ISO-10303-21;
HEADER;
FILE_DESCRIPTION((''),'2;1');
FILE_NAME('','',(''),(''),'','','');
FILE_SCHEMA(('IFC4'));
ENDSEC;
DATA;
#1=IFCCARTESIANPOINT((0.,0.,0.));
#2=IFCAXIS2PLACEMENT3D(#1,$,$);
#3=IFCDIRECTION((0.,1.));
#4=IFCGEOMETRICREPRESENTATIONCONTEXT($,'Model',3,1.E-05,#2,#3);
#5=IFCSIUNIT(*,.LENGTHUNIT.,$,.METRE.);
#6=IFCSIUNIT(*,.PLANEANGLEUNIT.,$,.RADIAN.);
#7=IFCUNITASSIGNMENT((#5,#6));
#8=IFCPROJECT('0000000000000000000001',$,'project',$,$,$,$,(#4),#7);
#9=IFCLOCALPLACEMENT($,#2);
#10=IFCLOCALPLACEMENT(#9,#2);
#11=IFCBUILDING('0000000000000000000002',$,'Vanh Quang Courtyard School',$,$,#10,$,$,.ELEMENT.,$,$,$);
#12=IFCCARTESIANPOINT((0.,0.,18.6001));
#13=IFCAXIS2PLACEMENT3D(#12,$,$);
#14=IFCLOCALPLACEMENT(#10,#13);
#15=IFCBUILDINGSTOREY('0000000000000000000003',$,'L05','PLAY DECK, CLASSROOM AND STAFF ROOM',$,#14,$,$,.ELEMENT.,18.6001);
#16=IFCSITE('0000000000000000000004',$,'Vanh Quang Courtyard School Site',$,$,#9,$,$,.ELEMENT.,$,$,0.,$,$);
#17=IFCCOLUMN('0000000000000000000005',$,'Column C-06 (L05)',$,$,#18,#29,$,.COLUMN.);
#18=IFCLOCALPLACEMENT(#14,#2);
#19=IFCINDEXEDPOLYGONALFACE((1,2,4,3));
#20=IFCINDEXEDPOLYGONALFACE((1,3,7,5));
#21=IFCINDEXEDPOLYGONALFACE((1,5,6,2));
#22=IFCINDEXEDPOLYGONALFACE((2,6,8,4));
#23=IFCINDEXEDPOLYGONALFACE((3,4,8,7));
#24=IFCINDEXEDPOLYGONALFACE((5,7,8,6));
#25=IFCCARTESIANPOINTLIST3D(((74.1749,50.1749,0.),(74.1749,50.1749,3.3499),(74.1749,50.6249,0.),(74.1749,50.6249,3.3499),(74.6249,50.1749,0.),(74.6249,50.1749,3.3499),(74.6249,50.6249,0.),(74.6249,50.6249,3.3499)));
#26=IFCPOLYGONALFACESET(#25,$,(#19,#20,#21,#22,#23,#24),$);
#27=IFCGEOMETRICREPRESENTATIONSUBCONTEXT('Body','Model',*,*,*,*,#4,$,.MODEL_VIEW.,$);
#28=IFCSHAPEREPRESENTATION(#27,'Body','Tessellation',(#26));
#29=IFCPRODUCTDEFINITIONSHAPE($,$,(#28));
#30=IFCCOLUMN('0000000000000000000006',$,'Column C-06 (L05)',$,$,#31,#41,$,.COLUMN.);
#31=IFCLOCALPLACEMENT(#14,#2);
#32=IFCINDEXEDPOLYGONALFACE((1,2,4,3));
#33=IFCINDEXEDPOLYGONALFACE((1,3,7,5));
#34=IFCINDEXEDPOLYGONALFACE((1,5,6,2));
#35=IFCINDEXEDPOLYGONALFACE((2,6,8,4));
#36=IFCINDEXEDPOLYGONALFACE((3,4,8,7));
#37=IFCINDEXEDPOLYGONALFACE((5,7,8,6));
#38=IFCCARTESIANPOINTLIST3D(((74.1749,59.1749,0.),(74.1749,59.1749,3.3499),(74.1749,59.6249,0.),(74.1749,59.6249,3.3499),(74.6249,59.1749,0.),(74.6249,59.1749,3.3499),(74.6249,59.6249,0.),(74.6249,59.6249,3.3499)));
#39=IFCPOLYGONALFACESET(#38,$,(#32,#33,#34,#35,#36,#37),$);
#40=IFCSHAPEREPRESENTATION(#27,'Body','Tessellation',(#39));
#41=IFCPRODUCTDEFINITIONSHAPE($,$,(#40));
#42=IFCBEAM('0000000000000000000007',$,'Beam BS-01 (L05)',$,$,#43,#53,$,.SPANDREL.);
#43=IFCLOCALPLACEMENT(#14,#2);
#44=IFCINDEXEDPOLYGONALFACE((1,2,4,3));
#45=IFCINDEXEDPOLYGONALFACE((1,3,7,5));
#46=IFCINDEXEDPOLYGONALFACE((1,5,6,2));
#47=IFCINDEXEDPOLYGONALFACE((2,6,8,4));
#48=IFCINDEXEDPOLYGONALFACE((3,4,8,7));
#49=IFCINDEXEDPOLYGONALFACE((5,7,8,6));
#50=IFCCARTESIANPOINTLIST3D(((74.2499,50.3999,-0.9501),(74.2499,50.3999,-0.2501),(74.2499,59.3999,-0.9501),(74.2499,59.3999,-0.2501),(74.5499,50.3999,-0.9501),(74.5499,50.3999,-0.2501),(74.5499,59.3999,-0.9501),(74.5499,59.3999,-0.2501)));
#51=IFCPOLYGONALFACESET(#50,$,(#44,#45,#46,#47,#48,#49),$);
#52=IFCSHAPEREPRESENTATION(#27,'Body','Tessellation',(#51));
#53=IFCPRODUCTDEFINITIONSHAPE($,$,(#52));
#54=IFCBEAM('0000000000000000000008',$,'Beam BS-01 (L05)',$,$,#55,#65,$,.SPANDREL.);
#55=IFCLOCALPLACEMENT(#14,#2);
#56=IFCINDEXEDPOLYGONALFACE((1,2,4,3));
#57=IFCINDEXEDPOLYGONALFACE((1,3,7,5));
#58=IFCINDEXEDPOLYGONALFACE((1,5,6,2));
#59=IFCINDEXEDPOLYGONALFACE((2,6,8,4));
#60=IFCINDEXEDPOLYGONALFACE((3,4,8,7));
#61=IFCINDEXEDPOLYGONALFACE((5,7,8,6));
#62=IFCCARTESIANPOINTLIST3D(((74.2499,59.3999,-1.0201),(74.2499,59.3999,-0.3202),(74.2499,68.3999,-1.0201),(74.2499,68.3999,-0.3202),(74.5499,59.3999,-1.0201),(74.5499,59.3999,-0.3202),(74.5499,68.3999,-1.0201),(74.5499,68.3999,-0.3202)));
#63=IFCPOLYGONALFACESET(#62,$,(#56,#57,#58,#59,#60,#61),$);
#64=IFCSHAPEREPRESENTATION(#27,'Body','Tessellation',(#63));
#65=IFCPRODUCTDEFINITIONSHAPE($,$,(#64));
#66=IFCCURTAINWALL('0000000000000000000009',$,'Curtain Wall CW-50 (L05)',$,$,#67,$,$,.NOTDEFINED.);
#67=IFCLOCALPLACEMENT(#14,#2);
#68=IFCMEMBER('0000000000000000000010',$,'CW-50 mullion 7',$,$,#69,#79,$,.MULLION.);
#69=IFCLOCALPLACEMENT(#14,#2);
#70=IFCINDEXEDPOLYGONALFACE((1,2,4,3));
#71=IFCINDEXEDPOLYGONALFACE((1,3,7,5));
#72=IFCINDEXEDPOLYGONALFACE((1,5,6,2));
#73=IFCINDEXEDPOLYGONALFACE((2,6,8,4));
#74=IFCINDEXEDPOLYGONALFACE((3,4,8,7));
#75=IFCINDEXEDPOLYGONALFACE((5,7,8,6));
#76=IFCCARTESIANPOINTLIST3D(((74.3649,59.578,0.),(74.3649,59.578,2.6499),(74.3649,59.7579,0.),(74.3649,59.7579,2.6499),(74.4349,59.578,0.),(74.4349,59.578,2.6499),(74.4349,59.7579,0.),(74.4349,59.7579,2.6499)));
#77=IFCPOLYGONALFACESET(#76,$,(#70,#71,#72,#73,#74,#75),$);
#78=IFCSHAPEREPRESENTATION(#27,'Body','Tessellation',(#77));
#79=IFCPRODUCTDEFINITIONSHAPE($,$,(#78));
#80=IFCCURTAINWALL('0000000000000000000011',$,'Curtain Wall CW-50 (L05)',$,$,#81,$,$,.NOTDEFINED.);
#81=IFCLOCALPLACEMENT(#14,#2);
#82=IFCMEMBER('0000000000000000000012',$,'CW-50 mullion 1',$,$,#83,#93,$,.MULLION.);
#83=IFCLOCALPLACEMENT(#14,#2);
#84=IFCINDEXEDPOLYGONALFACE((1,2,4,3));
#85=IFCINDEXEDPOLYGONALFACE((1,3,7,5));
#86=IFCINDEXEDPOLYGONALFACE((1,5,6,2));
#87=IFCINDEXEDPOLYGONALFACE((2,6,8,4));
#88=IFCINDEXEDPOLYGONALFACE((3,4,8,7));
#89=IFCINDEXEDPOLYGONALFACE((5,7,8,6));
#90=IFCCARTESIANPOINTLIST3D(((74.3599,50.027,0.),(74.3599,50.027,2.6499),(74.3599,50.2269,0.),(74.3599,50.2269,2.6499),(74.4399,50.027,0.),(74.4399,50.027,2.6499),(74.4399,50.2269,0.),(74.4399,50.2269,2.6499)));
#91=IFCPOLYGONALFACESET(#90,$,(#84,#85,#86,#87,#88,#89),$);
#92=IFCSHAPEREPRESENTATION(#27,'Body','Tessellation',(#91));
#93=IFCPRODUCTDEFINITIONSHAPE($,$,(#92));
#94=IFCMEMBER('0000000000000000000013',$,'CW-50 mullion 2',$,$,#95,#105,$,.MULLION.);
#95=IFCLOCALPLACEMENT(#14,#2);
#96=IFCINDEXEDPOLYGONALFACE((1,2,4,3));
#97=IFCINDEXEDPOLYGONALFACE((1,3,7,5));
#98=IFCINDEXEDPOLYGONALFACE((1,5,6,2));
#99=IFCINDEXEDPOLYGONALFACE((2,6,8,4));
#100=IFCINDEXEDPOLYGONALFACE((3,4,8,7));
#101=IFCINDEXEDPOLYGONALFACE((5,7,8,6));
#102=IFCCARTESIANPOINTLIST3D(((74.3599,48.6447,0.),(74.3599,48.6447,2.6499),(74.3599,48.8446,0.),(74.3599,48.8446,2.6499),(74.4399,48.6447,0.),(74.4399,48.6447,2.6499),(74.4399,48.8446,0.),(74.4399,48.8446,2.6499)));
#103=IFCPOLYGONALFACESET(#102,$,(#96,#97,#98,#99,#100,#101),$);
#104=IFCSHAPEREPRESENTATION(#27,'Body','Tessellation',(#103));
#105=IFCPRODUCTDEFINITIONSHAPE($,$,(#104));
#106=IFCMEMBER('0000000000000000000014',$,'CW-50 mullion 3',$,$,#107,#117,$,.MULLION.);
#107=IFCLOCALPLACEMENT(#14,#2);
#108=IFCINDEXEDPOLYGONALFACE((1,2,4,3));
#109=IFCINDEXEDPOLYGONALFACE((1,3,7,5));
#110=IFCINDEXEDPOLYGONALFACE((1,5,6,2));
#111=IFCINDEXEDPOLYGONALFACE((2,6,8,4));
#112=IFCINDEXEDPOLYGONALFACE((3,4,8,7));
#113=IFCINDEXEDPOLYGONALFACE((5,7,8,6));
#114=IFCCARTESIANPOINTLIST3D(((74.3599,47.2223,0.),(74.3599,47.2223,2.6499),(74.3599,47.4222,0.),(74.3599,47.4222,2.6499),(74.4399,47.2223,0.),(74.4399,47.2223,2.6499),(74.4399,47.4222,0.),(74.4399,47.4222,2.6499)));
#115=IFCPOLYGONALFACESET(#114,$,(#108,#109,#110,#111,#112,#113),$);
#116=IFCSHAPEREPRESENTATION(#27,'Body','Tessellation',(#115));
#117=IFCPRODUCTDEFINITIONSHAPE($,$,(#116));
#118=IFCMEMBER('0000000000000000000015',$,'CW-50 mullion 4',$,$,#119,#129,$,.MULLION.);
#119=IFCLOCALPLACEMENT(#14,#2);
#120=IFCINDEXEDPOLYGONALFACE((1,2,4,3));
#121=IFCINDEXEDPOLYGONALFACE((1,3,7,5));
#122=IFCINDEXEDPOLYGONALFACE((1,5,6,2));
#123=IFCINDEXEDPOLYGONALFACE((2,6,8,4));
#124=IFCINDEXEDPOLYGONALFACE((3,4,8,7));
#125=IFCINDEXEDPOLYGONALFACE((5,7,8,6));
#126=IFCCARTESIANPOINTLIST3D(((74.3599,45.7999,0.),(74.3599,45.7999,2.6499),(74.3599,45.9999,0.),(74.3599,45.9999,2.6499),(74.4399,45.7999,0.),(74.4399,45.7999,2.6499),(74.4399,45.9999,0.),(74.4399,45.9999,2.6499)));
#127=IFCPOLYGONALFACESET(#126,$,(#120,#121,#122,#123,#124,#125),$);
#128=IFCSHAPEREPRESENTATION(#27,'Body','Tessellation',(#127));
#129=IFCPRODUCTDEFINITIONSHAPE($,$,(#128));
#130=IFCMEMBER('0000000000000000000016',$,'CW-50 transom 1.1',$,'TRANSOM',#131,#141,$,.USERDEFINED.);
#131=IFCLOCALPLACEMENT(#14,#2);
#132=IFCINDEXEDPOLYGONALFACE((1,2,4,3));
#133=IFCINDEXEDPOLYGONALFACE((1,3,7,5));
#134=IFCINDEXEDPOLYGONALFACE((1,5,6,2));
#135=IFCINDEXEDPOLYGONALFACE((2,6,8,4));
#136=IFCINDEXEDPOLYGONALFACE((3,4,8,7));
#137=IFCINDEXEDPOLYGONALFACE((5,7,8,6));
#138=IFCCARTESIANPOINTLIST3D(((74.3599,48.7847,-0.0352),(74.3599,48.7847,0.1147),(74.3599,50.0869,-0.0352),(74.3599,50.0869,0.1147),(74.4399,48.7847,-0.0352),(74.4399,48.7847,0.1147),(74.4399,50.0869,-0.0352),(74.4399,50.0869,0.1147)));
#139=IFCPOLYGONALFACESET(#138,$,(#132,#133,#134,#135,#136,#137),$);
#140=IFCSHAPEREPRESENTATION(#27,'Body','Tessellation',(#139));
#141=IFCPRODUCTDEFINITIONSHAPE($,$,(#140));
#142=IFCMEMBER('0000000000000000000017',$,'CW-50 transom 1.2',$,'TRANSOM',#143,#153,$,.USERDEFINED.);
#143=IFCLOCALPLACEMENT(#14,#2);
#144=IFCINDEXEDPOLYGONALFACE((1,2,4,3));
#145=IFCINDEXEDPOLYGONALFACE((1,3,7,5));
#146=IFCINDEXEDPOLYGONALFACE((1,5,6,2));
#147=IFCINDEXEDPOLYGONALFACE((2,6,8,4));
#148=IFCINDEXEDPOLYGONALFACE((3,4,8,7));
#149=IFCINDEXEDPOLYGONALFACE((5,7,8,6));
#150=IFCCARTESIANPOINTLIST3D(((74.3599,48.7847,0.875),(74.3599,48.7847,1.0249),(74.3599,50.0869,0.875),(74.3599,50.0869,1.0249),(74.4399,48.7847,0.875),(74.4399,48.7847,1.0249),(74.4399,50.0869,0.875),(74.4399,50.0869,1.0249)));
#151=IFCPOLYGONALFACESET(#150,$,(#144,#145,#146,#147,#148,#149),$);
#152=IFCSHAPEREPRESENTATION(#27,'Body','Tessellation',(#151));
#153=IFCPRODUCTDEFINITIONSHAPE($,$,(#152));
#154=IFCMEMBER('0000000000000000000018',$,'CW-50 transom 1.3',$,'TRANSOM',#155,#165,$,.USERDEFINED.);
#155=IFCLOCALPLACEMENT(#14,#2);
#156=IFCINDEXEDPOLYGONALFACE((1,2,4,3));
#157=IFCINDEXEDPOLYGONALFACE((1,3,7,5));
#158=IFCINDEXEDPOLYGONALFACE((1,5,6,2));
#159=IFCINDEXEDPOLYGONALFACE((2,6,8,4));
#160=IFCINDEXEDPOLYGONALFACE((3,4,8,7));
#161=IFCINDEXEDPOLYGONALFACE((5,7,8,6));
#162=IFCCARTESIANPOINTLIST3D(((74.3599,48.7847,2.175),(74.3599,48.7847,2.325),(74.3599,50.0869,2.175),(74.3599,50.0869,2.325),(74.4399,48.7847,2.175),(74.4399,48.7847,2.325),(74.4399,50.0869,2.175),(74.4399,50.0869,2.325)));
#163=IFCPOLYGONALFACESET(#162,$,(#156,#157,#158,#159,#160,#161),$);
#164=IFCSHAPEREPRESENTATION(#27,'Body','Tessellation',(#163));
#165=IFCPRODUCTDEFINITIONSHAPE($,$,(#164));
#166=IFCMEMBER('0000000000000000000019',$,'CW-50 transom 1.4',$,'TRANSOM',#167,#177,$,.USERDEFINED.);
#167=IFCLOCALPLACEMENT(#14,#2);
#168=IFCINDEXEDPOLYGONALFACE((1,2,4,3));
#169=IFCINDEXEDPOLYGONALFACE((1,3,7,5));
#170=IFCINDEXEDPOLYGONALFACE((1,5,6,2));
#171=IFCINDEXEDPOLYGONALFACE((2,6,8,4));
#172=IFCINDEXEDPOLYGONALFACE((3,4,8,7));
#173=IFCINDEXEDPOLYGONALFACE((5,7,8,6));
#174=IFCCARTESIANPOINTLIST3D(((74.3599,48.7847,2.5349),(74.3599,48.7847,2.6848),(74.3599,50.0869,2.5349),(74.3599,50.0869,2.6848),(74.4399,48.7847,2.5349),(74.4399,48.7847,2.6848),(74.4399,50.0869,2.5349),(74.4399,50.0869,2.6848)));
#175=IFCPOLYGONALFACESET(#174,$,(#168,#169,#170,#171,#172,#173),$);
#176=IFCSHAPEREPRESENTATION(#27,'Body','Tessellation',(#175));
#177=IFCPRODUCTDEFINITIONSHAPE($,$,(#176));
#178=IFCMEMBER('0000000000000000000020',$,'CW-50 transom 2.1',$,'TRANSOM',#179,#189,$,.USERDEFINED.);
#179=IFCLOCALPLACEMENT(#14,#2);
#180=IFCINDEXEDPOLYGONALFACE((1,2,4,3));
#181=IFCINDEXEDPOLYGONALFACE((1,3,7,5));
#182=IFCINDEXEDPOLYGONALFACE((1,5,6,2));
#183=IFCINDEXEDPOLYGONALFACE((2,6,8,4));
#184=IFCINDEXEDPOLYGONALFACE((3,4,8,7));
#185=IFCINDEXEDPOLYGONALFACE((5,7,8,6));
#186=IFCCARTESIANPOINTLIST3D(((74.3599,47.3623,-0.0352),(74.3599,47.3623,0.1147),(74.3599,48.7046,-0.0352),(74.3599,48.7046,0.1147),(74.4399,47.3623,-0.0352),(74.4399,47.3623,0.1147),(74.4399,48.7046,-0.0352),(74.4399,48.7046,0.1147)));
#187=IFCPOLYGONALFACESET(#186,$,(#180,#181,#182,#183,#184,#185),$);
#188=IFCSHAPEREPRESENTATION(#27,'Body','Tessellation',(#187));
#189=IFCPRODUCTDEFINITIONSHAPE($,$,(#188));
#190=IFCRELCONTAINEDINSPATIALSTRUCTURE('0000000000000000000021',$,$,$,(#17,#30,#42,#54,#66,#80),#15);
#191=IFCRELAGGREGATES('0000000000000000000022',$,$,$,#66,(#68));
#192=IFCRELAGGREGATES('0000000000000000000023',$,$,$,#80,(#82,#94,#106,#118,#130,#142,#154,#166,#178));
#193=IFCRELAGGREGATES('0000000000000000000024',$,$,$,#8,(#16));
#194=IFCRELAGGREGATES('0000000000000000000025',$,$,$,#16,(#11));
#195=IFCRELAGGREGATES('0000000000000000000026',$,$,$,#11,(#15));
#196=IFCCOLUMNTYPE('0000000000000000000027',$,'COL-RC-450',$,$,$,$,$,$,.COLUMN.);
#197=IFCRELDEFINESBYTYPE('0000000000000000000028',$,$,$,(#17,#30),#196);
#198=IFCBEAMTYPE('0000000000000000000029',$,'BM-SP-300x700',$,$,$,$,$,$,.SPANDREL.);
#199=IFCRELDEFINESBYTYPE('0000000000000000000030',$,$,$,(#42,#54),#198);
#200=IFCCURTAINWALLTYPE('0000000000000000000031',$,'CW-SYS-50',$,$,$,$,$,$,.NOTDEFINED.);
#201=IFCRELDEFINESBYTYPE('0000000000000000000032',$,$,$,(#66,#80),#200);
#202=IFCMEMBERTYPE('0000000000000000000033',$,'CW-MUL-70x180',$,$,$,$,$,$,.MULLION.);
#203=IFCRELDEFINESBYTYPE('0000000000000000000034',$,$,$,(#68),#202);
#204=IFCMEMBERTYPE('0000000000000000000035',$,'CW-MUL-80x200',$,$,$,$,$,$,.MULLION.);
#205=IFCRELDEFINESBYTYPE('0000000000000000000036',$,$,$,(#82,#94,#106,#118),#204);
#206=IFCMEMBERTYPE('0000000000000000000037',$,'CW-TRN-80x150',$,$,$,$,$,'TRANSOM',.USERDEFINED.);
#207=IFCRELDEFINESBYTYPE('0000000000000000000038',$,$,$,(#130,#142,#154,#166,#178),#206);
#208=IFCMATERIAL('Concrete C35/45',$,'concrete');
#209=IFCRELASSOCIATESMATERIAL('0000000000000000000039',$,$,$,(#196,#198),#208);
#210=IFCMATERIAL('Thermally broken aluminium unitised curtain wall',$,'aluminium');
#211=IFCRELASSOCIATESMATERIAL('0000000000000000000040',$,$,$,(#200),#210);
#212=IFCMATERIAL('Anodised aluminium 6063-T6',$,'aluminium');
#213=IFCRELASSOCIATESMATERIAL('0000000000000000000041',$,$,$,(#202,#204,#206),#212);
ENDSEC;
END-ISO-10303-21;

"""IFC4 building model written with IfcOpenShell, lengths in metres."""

from ifc_helpers import new_model, si_unit, direction, frame, origin, origin_2d, place, context, subcontext, project, spatial, rectangle, extrude, material, material_profile, profile_set, type_object, element, aggregate, save


model = new_model("IFC4")

# Units and contexts
model_context = context("Model", 3, precision=1e-05, world=origin(), true_north=direction((0.0, 1.0)))
body_context = subcontext(model_context, "Body", "Model", "MODEL_VIEW")
ifc_project = project(units=[si_unit("LENGTHUNIT", "METRE"), si_unit("PLANEANGLEUNIT", "RADIAN")], contexts=[model_context])

# Site, building, storey
site_placement = place(None, origin())
site = spatial("IfcSite", under=ifc_project, at=site_placement, Name="Vanh Quang Courtyard School Site", CompositionType="ELEMENT", RefElevation=0.0)
building_placement = place(site_placement, origin())
building = spatial("IfcBuilding", under=site, at=building_placement, Name="Vanh Quang Courtyard School", CompositionType="ELEMENT")
storey_placement = place(building_placement, frame((0.0, 0.0, 18.6001)))
storey = spatial("IfcBuildingStorey", under=building, at=storey_placement, Name="L05", Description="PLAY DECK, CLASSROOM AND STAFF ROOM", CompositionType="ELEMENT", Elevation=18.6001)

# Columns
ifc_material_1 = material(Name="Concrete C35/45", Category="concrete")
ifc_material_profile_1 = material_profile(ifc_material_1, rectangle(XDim=0.45, YDim=0.45, at=origin_2d()), Name="RC-COL 450x450")
ifc_profile_set_1 = profile_set([ifc_material_profile_1], Name="Concrete C35/45")
column_type = type_object("IfcColumnType", Name="COL-RC-450", PredefinedType="COLUMN", material=ifc_profile_set_1)
for number, where, z_axis, x_axis, name in (
    (1, (74.3999, 50.3999, 0.0), (0.0, 0.0, 1.0), (1.0, 0.0, 0.0), "Column C-06 (L05)"),
    (2, (74.3999, 59.3999, 0.0), (0.0, 0.0, 1.0), (1.0, 0.0, 0.0), "Column C-06 (L05)"),
):
    element("IfcColumn", number, at=place(storey_placement, frame(where, z_axis=z_axis, x_axis=x_axis)), inside=storey, type_object=column_type, Name=name, PredefinedType="COLUMN", context=body_context, shape_type="SweptSolid", body=[
        extrude(rectangle(XDim=0.45, YDim=0.45, at=origin_2d()), origin(), (0.0, 0.0, 1.0), 3.3499),
    ])

# Beams
ifc_material_profile_2 = material_profile(ifc_material_1, rectangle(XDim=0.3, YDim=0.7, at=origin_2d()), Name="RC-SP 300x700")
ifc_profile_set_2 = profile_set([ifc_material_profile_2], Name="Concrete C35/45")
beam_type_1 = type_object("IfcBeamType", Name="BM-SP-300x700", PredefinedType="SPANDREL", material=ifc_profile_set_2)
for number, where, z_axis, x_axis, name in (
    (3, (74.3999, 50.3999, -0.6001), (0.0, 1.0, 0.0), (-1.0, 0.0, 0.0), "Beam BS-01 (L05)"),
    (4, (74.3999, 59.3999, -0.6702), (0.0, 1.0, 0.0), (-1.0, 0.0, 0.0), "Beam BS-01 (L05)"),
):
    element("IfcBeam", number, at=place(storey_placement, frame(where, z_axis=z_axis, x_axis=x_axis)), inside=storey, type_object=beam_type_1, Name=name, PredefinedType="SPANDREL", context=body_context, shape_type="SweptSolid", body=[
        extrude(rectangle(XDim=0.3, YDim=0.7, at=origin_2d()), origin(), (0.0, 0.0, 1.0), 9.0),
    ])

# Curtain wall, member
ifc_material_2 = material(Name="Thermally broken aluminium unitised curtain wall", Category="aluminium")
curtain_wall_type = type_object("IfcCurtainWallType", Name="CW-SYS-50", PredefinedType="NOTDEFINED", material=ifc_material_2)
curtain_wall_1_placement = place(storey_placement, origin())
curtain_wall_1 = element("IfcCurtainWall", 5, at=curtain_wall_1_placement, inside=storey, type_object=curtain_wall_type, Name="Curtain Wall CW-50 (L05)", PredefinedType="NOTDEFINED")
ifc_material_3 = material(Name="Anodised aluminium 6063-T6", Category="aluminium")
ifc_material_profile_3 = material_profile(ifc_material_3, rectangle(XDim=0.0701, YDim=0.1799, at=origin_2d()), Name="ALU-MUL 70x180")
ifc_profile_set_3 = profile_set([ifc_material_profile_3], Name="Anodised aluminium 6063-T6")
member_type_1 = type_object("IfcMemberType", Name="CW-MUL-70x180", PredefinedType="MULLION", material=ifc_profile_set_3)
member_1_placement = place(storey_placement, frame((74.3999, 59.668, 0.0), z_axis=(0.0, 0.0, 1.0), x_axis=(1.0, 0.0, 0.0)))
member_1 = element("IfcMember", 6, at=member_1_placement, type_object=member_type_1, Name="CW-50 mullion 7", PredefinedType="MULLION", context=body_context, shape_type="SweptSolid", body=[
    extrude(rectangle(XDim=0.0701, YDim=0.1799, at=origin_2d()), origin(), (0.0, 0.0, 1.0), 2.6499),
])

# Curtain wall, members
curtain_wall_2_placement = place(storey_placement, origin())
curtain_wall_2 = element("IfcCurtainWall", 7, at=curtain_wall_2_placement, inside=storey, type_object=curtain_wall_type, Name="Curtain Wall CW-50 (L05)", PredefinedType="NOTDEFINED")
ifc_material_profile_4 = material_profile(ifc_material_3, rectangle(XDim=0.0801, YDim=0.2, at=origin_2d()), Name="ALU-MUL 80x200")
ifc_profile_set_4 = profile_set([ifc_material_profile_4], Name="Anodised aluminium 6063-T6")
member_type_2 = type_object("IfcMemberType", Name="CW-MUL-80x200", PredefinedType="MULLION", material=ifc_profile_set_4)
member_2_placement = place(storey_placement, frame((74.3999, 50.127, 0.0), z_axis=(0.0, 0.0, 1.0), x_axis=(1.0, 0.0, 0.0)))
member_2 = element("IfcMember", 8, at=member_2_placement, type_object=member_type_2, Name="CW-50 mullion 1", PredefinedType="MULLION", context=body_context, shape_type="SweptSolid", body=[
    extrude(rectangle(XDim=0.0801, YDim=0.2, at=origin_2d()), origin(), (0.0, 0.0, 1.0), 2.6499),
])
member_3_placement = place(storey_placement, frame((74.3999, 48.7446, 0.0), z_axis=(0.0, 0.0, 1.0), x_axis=(1.0, 0.0, 0.0)))
member_3 = element("IfcMember", 9, at=member_3_placement, type_object=member_type_2, Name="CW-50 mullion 2", PredefinedType="MULLION", context=body_context, shape_type="SweptSolid", body=[
    extrude(rectangle(XDim=0.0801, YDim=0.2, at=origin_2d()), origin(), (0.0, 0.0, 1.0), 2.6499),
])
member_4_placement = place(storey_placement, frame((74.3999, 47.3223, 0.0), z_axis=(0.0, 0.0, 1.0), x_axis=(1.0, 0.0, 0.0)))
member_4 = element("IfcMember", 10, at=member_4_placement, type_object=member_type_2, Name="CW-50 mullion 3", PredefinedType="MULLION", context=body_context, shape_type="SweptSolid", body=[
    extrude(rectangle(XDim=0.0801, YDim=0.2, at=origin_2d()), origin(), (0.0, 0.0, 1.0), 2.6499),
])
member_5_placement = place(storey_placement, frame((74.3999, 45.8999, 0.0), z_axis=(0.0, 0.0, 1.0), x_axis=(1.0, 0.0, 0.0)))
member_5 = element("IfcMember", 11, at=member_5_placement, type_object=member_type_2, Name="CW-50 mullion 4", PredefinedType="MULLION", context=body_context, shape_type="SweptSolid", body=[
    extrude(rectangle(XDim=0.0801, YDim=0.2, at=origin_2d()), origin(), (0.0, 0.0, 1.0), 2.6499),
])
ifc_material_profile_5 = material_profile(ifc_material_3, rectangle(XDim=0.0801, YDim=0.1499, at=origin_2d()), Name="ALU-TRN 80x150")
ifc_profile_set_5 = profile_set([ifc_material_profile_5], Name="Anodised aluminium 6063-T6")
member_type_3 = type_object("IfcMemberType", Name="CW-TRN-80x150", ElementType="TRANSOM", PredefinedType="USERDEFINED", material=ifc_profile_set_5)
member_6_placement = place(storey_placement, frame((74.3999, 50.0869, 0.0398), z_axis=(0.0, -1.0, 0.0), x_axis=(1.0, 0.0, 0.0)))
member_6 = element("IfcMember", 12, at=member_6_placement, type_object=member_type_3, Name="CW-50 transom 1.1", ObjectType="TRANSOM", PredefinedType="USERDEFINED", context=body_context, shape_type="SweptSolid", body=[
    extrude(rectangle(XDim=0.0801, YDim=0.1499, at=origin_2d()), origin(), (0.0, 0.0, 1.0), 1.3022),
])
member_7_placement = place(storey_placement, frame((74.3999, 50.0869, 0.95), z_axis=(0.0, -1.0, 0.0), x_axis=(1.0, 0.0, 0.0)))
member_7 = element("IfcMember", 13, at=member_7_placement, type_object=member_type_3, Name="CW-50 transom 1.2", ObjectType="TRANSOM", PredefinedType="USERDEFINED", context=body_context, shape_type="SweptSolid", body=[
    extrude(rectangle(XDim=0.0801, YDim=0.1499, at=origin_2d()), origin(), (0.0, 0.0, 1.0), 1.3022),
])
member_8_placement = place(storey_placement, frame((74.3999, 50.0869, 2.25), z_axis=(0.0, -1.0, 0.0), x_axis=(1.0, 0.0, 0.0)))
member_8 = element("IfcMember", 14, at=member_8_placement, type_object=member_type_3, Name="CW-50 transom 1.3", ObjectType="TRANSOM", PredefinedType="USERDEFINED", context=body_context, shape_type="SweptSolid", body=[
    extrude(rectangle(XDim=0.0801, YDim=0.1499, at=origin_2d()), origin(), (0.0, 0.0, 1.0), 1.3022),
])
member_9_placement = place(storey_placement, frame((74.3999, 50.0869, 2.6099), z_axis=(0.0, -1.0, 0.0), x_axis=(1.0, 0.0, 0.0)))
member_9 = element("IfcMember", 15, at=member_9_placement, type_object=member_type_3, Name="CW-50 transom 1.4", ObjectType="TRANSOM", PredefinedType="USERDEFINED", context=body_context, shape_type="SweptSolid", body=[
    extrude(rectangle(XDim=0.0801, YDim=0.1499, at=origin_2d()), origin(), (0.0, 0.0, 1.0), 1.3022),
])
member_10_placement = place(storey_placement, frame((74.3999, 48.7046, 0.0398), z_axis=(0.0, -1.0, 0.0), x_axis=(1.0, 0.0, 0.0)))
member_10 = element("IfcMember", 16, at=member_10_placement, type_object=member_type_3, Name="CW-50 transom 2.1", ObjectType="TRANSOM", PredefinedType="USERDEFINED", context=body_context, shape_type="SweptSolid", body=[
    extrude(rectangle(XDim=0.0801, YDim=0.1499, at=origin_2d()), origin(), (0.0, 0.0, 1.0), 1.3423),
])

aggregate(curtain_wall_1, [member_1])
aggregate(curtain_wall_2, [member_2, member_3, member_4, member_5, member_6, member_7, member_8, member_9, member_10])

save(model, "model.ifc")
